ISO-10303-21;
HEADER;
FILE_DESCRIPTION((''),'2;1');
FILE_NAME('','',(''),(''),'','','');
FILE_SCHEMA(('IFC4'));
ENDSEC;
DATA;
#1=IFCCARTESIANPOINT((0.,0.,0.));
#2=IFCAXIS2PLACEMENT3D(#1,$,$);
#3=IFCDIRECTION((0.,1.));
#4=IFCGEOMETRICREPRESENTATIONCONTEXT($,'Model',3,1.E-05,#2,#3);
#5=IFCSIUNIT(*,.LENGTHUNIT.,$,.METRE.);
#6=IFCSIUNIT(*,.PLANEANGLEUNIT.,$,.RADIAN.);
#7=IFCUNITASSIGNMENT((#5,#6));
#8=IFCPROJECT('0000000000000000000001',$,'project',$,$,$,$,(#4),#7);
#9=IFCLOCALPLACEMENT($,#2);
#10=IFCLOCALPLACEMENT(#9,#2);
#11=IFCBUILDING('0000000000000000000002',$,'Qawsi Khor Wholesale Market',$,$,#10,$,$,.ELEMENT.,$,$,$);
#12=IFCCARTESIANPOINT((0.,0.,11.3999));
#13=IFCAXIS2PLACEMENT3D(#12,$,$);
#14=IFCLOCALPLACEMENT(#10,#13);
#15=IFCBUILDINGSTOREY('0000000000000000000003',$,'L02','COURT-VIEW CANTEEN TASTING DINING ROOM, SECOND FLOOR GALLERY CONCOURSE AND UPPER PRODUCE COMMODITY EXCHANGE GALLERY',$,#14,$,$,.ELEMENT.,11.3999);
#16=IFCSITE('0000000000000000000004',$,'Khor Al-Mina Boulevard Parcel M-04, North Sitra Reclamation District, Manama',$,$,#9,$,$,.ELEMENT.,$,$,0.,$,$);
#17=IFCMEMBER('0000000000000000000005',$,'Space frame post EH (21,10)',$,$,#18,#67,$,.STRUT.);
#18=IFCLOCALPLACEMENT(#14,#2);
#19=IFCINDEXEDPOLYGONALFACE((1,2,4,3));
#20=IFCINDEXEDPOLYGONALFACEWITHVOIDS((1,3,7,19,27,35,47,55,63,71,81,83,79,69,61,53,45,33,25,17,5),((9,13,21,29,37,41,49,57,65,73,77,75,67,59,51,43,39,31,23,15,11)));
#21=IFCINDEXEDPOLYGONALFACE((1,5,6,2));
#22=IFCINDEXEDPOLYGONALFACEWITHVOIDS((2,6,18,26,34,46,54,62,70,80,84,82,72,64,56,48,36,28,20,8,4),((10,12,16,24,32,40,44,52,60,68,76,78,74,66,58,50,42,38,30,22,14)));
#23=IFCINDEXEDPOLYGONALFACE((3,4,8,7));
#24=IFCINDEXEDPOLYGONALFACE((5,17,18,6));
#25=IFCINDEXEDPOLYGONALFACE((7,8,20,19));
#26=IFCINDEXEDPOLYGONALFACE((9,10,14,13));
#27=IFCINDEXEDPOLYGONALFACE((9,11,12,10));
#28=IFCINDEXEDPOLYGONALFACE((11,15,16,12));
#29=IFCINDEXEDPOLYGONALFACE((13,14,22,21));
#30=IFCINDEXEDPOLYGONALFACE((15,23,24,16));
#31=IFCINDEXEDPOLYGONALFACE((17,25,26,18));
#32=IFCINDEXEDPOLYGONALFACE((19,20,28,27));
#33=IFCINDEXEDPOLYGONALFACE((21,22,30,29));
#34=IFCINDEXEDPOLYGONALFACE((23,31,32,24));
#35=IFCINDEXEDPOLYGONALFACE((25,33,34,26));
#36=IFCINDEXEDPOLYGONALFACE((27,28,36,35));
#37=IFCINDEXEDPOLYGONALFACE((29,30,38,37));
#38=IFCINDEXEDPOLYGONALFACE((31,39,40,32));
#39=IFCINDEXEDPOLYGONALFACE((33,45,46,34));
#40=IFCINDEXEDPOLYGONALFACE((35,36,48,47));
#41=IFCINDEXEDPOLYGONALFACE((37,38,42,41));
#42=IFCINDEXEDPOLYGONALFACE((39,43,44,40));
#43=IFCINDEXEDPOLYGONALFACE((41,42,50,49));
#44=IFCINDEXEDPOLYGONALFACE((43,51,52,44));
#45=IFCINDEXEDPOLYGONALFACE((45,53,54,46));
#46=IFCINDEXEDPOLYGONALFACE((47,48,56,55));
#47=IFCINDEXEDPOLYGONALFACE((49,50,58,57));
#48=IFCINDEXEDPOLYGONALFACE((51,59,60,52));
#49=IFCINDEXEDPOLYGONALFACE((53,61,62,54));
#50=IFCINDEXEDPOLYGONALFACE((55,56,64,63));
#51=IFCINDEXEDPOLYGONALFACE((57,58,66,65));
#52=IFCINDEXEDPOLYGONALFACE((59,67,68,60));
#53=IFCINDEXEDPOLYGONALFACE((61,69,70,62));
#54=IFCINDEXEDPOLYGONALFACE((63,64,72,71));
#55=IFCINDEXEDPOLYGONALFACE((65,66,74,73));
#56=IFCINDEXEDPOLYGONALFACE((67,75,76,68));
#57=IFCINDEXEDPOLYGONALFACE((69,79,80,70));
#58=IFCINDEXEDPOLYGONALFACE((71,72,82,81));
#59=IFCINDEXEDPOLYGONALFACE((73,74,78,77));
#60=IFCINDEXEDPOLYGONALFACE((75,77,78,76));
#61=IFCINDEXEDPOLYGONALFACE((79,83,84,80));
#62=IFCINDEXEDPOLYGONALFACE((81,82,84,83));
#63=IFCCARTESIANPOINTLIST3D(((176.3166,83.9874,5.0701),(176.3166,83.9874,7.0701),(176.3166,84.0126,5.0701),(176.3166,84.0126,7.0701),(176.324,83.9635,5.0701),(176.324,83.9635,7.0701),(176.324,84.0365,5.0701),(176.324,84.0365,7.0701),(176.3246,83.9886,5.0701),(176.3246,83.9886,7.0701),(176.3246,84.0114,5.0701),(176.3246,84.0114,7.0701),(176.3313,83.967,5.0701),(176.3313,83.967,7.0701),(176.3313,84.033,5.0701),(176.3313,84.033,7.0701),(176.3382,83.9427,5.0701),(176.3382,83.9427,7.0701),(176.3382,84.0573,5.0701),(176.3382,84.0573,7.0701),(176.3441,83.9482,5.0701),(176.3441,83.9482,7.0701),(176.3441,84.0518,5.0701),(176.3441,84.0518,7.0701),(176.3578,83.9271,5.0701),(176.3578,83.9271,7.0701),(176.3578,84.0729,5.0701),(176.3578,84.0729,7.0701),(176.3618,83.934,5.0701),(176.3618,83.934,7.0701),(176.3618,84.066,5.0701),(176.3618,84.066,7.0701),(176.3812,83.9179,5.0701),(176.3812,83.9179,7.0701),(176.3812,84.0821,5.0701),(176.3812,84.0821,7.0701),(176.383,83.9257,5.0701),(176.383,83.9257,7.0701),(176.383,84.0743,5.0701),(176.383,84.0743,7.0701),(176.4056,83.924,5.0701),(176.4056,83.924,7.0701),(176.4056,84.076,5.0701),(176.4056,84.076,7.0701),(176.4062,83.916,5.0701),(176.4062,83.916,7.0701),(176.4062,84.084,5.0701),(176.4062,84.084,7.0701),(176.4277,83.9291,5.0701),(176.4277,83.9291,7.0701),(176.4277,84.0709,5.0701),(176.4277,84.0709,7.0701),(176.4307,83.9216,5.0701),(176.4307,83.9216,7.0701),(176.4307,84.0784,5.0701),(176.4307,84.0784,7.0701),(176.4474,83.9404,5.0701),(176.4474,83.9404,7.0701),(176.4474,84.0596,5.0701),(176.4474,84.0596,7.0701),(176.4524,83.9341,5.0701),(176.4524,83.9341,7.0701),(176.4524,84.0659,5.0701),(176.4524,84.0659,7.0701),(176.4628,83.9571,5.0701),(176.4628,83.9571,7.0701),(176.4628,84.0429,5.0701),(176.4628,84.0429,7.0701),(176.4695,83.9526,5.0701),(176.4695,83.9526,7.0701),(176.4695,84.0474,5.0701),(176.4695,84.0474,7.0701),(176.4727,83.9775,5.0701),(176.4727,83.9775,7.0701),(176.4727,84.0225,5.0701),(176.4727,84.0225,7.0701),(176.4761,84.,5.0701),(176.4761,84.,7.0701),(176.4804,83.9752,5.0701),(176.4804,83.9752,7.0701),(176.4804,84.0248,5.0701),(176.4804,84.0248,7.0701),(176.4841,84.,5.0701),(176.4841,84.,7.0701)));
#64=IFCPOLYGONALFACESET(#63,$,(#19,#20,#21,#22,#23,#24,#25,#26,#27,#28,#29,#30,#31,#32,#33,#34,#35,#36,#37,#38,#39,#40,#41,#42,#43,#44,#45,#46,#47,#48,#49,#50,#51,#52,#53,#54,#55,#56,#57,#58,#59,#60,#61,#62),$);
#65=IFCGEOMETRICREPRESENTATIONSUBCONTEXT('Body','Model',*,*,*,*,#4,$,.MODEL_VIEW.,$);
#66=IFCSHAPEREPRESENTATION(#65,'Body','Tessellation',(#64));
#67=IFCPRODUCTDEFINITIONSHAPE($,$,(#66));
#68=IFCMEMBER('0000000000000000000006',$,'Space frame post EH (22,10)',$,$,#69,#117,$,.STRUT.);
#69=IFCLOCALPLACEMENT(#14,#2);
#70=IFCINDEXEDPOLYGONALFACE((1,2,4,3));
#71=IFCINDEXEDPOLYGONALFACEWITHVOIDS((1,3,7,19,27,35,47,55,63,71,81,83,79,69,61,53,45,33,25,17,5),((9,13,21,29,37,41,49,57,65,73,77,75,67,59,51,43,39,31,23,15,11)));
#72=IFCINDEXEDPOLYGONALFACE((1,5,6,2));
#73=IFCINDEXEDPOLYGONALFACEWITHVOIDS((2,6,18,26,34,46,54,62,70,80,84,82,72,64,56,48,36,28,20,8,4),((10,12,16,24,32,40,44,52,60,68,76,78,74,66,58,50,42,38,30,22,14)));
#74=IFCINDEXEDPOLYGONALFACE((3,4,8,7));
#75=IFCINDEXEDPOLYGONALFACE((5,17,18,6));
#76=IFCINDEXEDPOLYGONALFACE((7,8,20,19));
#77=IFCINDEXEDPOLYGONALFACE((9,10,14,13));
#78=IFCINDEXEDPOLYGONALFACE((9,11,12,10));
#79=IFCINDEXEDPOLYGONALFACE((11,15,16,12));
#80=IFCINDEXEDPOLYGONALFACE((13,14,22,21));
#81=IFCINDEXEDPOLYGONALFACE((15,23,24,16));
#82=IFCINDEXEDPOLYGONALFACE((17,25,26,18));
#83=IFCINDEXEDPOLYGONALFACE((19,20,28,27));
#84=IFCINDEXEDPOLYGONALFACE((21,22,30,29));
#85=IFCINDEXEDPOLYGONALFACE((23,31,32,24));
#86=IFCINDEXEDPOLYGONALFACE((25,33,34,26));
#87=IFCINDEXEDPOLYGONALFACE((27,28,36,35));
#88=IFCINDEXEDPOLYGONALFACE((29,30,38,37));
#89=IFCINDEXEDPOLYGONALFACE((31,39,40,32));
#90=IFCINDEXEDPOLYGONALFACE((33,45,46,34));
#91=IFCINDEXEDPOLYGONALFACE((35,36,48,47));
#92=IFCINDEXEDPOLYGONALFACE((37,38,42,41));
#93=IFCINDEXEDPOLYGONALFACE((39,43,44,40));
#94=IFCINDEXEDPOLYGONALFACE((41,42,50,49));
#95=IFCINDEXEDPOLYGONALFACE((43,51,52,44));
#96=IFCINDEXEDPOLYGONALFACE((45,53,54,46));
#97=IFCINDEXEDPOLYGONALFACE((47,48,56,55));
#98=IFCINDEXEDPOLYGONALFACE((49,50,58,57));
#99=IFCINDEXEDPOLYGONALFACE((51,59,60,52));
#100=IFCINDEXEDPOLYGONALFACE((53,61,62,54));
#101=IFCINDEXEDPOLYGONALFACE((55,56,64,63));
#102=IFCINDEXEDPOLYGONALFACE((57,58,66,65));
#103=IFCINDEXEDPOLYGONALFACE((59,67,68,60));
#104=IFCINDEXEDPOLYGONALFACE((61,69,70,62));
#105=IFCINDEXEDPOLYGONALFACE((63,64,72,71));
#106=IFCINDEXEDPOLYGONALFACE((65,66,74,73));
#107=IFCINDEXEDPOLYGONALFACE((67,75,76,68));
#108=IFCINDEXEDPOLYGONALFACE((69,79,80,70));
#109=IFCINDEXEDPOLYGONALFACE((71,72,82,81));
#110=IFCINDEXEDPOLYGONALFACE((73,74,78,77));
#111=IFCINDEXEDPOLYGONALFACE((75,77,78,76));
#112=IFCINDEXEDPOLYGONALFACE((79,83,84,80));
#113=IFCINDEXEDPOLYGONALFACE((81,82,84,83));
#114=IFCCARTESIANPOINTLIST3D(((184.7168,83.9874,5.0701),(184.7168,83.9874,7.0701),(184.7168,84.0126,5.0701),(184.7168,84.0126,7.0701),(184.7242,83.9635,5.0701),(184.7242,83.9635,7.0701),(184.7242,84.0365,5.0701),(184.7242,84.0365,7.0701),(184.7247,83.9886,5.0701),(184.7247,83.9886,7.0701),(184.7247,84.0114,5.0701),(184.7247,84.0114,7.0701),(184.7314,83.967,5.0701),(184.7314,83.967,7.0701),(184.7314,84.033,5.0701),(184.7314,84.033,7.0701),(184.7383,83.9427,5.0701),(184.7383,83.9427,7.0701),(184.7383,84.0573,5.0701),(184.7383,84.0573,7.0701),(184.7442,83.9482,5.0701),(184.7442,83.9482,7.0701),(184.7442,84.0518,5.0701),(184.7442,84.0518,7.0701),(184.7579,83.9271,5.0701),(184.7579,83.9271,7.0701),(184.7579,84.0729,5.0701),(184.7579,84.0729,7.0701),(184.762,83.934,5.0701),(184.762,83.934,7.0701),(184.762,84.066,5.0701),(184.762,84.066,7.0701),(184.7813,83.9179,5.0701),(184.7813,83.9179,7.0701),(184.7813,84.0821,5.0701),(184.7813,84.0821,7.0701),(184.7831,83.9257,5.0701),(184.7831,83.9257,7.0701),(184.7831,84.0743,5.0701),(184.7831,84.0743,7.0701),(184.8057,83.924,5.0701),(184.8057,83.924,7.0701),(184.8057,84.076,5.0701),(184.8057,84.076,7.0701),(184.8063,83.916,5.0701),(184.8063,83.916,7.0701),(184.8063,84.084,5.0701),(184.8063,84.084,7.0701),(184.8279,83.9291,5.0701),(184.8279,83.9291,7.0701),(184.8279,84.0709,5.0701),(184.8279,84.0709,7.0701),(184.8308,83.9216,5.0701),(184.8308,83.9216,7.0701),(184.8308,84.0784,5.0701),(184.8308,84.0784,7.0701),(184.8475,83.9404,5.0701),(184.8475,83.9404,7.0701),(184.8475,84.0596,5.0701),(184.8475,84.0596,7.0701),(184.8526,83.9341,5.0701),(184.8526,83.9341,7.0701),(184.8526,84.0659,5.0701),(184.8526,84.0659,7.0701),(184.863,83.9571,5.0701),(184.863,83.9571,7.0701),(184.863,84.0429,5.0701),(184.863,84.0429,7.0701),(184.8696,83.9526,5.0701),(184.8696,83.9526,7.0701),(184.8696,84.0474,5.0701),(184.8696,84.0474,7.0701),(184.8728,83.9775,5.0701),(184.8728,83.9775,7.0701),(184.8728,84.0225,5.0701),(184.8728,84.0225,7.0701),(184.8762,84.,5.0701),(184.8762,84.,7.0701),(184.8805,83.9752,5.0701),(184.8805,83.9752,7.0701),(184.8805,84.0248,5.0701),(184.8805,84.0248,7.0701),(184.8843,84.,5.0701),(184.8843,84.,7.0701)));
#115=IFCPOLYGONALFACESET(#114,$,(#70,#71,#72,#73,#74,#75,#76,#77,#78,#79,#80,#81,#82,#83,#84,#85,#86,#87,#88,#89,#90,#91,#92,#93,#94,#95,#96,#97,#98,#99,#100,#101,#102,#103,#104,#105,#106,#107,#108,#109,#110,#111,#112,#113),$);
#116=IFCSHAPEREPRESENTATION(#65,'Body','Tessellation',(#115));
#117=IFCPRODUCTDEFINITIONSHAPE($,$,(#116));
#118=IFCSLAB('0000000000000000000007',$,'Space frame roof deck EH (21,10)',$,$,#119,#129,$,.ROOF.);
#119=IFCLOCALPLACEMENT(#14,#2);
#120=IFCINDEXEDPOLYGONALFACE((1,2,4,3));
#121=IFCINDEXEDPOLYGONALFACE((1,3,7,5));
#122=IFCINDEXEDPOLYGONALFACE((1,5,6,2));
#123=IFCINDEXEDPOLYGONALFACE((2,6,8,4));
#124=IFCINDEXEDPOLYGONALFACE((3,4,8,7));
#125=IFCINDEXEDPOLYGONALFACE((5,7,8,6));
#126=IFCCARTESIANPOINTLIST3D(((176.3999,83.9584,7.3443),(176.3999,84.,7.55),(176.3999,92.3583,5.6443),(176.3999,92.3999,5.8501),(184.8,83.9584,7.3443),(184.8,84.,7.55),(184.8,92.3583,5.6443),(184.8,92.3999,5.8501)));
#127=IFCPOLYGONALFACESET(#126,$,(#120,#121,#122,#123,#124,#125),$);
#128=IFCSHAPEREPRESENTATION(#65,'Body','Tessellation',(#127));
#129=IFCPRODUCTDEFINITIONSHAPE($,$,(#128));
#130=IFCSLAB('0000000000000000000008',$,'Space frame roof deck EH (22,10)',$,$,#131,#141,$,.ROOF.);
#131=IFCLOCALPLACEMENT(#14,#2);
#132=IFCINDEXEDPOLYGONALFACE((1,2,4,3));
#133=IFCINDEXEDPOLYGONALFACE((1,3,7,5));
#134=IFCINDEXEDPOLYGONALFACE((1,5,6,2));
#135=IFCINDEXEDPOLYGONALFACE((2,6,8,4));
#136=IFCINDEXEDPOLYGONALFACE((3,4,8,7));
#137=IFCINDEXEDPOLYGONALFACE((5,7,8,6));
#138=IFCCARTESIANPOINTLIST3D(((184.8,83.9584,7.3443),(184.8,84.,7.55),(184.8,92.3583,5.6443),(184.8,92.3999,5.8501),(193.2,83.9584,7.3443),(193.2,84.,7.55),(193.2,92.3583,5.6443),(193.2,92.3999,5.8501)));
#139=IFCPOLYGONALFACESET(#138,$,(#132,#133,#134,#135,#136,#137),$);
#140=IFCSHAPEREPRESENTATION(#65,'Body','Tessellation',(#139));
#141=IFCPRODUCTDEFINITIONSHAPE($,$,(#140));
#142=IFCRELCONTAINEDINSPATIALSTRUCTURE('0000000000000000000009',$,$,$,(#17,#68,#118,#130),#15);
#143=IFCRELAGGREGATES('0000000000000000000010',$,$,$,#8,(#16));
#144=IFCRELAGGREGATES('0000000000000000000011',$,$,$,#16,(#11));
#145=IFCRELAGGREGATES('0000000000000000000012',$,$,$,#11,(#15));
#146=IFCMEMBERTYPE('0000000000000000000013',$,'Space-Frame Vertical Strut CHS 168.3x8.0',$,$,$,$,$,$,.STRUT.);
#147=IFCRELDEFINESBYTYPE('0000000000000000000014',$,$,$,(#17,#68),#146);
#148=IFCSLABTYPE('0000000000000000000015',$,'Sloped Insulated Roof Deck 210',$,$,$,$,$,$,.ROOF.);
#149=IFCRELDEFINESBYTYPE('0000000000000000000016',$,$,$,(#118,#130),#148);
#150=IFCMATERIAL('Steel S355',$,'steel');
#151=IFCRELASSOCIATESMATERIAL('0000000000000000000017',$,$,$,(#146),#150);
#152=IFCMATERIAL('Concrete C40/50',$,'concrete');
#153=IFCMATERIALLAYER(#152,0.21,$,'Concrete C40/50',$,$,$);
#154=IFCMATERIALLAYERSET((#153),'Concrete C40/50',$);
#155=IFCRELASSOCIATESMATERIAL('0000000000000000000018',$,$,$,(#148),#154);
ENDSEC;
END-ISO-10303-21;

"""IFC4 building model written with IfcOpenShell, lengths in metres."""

from ifc_helpers import new_model, si_unit, direction, frame, origin, origin_2d, place, context, subcontext, project, spatial, polyline, hollow_circle, outline, extrude, material, layer, layer_set, material_profile, profile_set, type_object, element, save


model = new_model("IFC4")

# Units and contexts
model_context = context("Model", 3, precision=1e-05, world=origin(), true_north=direction((0.0, 1.0)))
body_context = subcontext(model_context, "Body", "Model", "MODEL_VIEW")
ifc_project = project(units=[si_unit("LENGTHUNIT", "METRE"), si_unit("PLANEANGLEUNIT", "RADIAN")], contexts=[model_context])

# Site, building, storey
site_placement = place(None, origin())
site = spatial("IfcSite", under=ifc_project, at=site_placement, Name="Khor Al-Mina Boulevard Parcel M-04, North Sitra Reclamation District, Manama", CompositionType="ELEMENT", RefElevation=0.0)
building_placement = place(site_placement, origin())
building = spatial("IfcBuilding", under=site, at=building_placement, Name="Qawsi Khor Wholesale Market", CompositionType="ELEMENT")
storey_placement = place(building_placement, frame((0.0, 0.0, 11.3999)))
storey = spatial("IfcBuildingStorey", under=building, at=storey_placement, Name="L02", Description="COURT-VIEW CANTEEN TASTING DINING ROOM, SECOND FLOOR GALLERY CONCOURSE AND UPPER PRODUCE COMMODITY EXCHANGE GALLERY", CompositionType="ELEMENT", Elevation=11.3999)

# Members
ifc_material_1 = material(Name="Steel S355", Category="steel")
ifc_material_profile_1 = material_profile(ifc_material_1, hollow_circle(Radius=0.0842, WallThickness=0.0081, at=origin_2d()), Name="CHS 168.3x8.0")
ifc_profile_set_1 = profile_set([ifc_material_profile_1], Name="Steel S355")
member_type_1 = type_object("IfcMemberType", Name="Space-Frame Vertical Strut CHS 168.3x8.0", PredefinedType="STRUT", material=ifc_profile_set_1)
for number, where, z_axis, x_axis, name in (
    (1, (176.3999, 84.0, 5.0701), (0.0, 0.0, 1.0), (1.0, 0.0, 0.0), "Space frame post EH (21,10)"),
    (2, (184.8, 84.0, 5.0701), (0.0, 0.0, 1.0), (1.0, 0.0, 0.0), "Space frame post EH (22,10)"),
):
    element("IfcMember", number, at=place(storey_placement, frame(where, z_axis=z_axis, x_axis=x_axis)), inside=storey, type_object=member_type_1, Name=name, PredefinedType="STRUT", context=body_context, shape_type="SweptSolid", body=[
        extrude(hollow_circle(Radius=0.0842, WallThickness=0.0081, at=origin_2d()), origin(), (0.0, 0.0, 1.0), 2.0),
    ])

# Slabs
ifc_material_2 = material(Name="Concrete C40/50", Category="concrete")
ifc_layer = layer(ifc_material_2, 0.21, Name="Concrete C40/50")
ifc_layer_set = layer_set([ifc_layer], Name="Concrete C40/50")
slab_type = type_object("IfcSlabType", Name="Sloped Insulated Roof Deck 210", PredefinedType="ROOF", material=ifc_layer_set)
slab_1_placement = place(storey_placement, frame((176.3999, 84.0, 7.55), z_axis=(0.0, 0.198356, 0.98013), x_axis=(1.0, 0.0, 0.0)))
element("IfcSlab", 3, at=slab_1_placement, inside=storey, type_object=slab_type, Name="Space frame roof deck EH (21,10)", PredefinedType="ROOF", context=body_context, shape_type="SweptSolid", body=[
    extrude(outline(polyline([(0.0, 0.0), (8.4001, 0.0), (8.4001, 8.5702), (0.0, 8.5702), (0.0, 0.0)])), origin(), (0.0, 0.0, -1.0), 0.21),
])
slab_2_placement = place(storey_placement, frame((184.8, 84.0, 7.55), z_axis=(0.0, 0.198356, 0.98013), x_axis=(1.0, 0.0, 0.0)))
element("IfcSlab", 4, at=slab_2_placement, inside=storey, type_object=slab_type, Name="Space frame roof deck EH (22,10)", PredefinedType="ROOF", context=body_context, shape_type="SweptSolid", body=[
    extrude(outline(polyline([(0.0, 0.0), (8.3999, 0.0), (8.3999, 8.5702), (0.0, 8.5702), (0.0, 0.0)])), origin(), (0.0, 0.0, -1.0), 0.21),
])

save(model, "model.ifc")
